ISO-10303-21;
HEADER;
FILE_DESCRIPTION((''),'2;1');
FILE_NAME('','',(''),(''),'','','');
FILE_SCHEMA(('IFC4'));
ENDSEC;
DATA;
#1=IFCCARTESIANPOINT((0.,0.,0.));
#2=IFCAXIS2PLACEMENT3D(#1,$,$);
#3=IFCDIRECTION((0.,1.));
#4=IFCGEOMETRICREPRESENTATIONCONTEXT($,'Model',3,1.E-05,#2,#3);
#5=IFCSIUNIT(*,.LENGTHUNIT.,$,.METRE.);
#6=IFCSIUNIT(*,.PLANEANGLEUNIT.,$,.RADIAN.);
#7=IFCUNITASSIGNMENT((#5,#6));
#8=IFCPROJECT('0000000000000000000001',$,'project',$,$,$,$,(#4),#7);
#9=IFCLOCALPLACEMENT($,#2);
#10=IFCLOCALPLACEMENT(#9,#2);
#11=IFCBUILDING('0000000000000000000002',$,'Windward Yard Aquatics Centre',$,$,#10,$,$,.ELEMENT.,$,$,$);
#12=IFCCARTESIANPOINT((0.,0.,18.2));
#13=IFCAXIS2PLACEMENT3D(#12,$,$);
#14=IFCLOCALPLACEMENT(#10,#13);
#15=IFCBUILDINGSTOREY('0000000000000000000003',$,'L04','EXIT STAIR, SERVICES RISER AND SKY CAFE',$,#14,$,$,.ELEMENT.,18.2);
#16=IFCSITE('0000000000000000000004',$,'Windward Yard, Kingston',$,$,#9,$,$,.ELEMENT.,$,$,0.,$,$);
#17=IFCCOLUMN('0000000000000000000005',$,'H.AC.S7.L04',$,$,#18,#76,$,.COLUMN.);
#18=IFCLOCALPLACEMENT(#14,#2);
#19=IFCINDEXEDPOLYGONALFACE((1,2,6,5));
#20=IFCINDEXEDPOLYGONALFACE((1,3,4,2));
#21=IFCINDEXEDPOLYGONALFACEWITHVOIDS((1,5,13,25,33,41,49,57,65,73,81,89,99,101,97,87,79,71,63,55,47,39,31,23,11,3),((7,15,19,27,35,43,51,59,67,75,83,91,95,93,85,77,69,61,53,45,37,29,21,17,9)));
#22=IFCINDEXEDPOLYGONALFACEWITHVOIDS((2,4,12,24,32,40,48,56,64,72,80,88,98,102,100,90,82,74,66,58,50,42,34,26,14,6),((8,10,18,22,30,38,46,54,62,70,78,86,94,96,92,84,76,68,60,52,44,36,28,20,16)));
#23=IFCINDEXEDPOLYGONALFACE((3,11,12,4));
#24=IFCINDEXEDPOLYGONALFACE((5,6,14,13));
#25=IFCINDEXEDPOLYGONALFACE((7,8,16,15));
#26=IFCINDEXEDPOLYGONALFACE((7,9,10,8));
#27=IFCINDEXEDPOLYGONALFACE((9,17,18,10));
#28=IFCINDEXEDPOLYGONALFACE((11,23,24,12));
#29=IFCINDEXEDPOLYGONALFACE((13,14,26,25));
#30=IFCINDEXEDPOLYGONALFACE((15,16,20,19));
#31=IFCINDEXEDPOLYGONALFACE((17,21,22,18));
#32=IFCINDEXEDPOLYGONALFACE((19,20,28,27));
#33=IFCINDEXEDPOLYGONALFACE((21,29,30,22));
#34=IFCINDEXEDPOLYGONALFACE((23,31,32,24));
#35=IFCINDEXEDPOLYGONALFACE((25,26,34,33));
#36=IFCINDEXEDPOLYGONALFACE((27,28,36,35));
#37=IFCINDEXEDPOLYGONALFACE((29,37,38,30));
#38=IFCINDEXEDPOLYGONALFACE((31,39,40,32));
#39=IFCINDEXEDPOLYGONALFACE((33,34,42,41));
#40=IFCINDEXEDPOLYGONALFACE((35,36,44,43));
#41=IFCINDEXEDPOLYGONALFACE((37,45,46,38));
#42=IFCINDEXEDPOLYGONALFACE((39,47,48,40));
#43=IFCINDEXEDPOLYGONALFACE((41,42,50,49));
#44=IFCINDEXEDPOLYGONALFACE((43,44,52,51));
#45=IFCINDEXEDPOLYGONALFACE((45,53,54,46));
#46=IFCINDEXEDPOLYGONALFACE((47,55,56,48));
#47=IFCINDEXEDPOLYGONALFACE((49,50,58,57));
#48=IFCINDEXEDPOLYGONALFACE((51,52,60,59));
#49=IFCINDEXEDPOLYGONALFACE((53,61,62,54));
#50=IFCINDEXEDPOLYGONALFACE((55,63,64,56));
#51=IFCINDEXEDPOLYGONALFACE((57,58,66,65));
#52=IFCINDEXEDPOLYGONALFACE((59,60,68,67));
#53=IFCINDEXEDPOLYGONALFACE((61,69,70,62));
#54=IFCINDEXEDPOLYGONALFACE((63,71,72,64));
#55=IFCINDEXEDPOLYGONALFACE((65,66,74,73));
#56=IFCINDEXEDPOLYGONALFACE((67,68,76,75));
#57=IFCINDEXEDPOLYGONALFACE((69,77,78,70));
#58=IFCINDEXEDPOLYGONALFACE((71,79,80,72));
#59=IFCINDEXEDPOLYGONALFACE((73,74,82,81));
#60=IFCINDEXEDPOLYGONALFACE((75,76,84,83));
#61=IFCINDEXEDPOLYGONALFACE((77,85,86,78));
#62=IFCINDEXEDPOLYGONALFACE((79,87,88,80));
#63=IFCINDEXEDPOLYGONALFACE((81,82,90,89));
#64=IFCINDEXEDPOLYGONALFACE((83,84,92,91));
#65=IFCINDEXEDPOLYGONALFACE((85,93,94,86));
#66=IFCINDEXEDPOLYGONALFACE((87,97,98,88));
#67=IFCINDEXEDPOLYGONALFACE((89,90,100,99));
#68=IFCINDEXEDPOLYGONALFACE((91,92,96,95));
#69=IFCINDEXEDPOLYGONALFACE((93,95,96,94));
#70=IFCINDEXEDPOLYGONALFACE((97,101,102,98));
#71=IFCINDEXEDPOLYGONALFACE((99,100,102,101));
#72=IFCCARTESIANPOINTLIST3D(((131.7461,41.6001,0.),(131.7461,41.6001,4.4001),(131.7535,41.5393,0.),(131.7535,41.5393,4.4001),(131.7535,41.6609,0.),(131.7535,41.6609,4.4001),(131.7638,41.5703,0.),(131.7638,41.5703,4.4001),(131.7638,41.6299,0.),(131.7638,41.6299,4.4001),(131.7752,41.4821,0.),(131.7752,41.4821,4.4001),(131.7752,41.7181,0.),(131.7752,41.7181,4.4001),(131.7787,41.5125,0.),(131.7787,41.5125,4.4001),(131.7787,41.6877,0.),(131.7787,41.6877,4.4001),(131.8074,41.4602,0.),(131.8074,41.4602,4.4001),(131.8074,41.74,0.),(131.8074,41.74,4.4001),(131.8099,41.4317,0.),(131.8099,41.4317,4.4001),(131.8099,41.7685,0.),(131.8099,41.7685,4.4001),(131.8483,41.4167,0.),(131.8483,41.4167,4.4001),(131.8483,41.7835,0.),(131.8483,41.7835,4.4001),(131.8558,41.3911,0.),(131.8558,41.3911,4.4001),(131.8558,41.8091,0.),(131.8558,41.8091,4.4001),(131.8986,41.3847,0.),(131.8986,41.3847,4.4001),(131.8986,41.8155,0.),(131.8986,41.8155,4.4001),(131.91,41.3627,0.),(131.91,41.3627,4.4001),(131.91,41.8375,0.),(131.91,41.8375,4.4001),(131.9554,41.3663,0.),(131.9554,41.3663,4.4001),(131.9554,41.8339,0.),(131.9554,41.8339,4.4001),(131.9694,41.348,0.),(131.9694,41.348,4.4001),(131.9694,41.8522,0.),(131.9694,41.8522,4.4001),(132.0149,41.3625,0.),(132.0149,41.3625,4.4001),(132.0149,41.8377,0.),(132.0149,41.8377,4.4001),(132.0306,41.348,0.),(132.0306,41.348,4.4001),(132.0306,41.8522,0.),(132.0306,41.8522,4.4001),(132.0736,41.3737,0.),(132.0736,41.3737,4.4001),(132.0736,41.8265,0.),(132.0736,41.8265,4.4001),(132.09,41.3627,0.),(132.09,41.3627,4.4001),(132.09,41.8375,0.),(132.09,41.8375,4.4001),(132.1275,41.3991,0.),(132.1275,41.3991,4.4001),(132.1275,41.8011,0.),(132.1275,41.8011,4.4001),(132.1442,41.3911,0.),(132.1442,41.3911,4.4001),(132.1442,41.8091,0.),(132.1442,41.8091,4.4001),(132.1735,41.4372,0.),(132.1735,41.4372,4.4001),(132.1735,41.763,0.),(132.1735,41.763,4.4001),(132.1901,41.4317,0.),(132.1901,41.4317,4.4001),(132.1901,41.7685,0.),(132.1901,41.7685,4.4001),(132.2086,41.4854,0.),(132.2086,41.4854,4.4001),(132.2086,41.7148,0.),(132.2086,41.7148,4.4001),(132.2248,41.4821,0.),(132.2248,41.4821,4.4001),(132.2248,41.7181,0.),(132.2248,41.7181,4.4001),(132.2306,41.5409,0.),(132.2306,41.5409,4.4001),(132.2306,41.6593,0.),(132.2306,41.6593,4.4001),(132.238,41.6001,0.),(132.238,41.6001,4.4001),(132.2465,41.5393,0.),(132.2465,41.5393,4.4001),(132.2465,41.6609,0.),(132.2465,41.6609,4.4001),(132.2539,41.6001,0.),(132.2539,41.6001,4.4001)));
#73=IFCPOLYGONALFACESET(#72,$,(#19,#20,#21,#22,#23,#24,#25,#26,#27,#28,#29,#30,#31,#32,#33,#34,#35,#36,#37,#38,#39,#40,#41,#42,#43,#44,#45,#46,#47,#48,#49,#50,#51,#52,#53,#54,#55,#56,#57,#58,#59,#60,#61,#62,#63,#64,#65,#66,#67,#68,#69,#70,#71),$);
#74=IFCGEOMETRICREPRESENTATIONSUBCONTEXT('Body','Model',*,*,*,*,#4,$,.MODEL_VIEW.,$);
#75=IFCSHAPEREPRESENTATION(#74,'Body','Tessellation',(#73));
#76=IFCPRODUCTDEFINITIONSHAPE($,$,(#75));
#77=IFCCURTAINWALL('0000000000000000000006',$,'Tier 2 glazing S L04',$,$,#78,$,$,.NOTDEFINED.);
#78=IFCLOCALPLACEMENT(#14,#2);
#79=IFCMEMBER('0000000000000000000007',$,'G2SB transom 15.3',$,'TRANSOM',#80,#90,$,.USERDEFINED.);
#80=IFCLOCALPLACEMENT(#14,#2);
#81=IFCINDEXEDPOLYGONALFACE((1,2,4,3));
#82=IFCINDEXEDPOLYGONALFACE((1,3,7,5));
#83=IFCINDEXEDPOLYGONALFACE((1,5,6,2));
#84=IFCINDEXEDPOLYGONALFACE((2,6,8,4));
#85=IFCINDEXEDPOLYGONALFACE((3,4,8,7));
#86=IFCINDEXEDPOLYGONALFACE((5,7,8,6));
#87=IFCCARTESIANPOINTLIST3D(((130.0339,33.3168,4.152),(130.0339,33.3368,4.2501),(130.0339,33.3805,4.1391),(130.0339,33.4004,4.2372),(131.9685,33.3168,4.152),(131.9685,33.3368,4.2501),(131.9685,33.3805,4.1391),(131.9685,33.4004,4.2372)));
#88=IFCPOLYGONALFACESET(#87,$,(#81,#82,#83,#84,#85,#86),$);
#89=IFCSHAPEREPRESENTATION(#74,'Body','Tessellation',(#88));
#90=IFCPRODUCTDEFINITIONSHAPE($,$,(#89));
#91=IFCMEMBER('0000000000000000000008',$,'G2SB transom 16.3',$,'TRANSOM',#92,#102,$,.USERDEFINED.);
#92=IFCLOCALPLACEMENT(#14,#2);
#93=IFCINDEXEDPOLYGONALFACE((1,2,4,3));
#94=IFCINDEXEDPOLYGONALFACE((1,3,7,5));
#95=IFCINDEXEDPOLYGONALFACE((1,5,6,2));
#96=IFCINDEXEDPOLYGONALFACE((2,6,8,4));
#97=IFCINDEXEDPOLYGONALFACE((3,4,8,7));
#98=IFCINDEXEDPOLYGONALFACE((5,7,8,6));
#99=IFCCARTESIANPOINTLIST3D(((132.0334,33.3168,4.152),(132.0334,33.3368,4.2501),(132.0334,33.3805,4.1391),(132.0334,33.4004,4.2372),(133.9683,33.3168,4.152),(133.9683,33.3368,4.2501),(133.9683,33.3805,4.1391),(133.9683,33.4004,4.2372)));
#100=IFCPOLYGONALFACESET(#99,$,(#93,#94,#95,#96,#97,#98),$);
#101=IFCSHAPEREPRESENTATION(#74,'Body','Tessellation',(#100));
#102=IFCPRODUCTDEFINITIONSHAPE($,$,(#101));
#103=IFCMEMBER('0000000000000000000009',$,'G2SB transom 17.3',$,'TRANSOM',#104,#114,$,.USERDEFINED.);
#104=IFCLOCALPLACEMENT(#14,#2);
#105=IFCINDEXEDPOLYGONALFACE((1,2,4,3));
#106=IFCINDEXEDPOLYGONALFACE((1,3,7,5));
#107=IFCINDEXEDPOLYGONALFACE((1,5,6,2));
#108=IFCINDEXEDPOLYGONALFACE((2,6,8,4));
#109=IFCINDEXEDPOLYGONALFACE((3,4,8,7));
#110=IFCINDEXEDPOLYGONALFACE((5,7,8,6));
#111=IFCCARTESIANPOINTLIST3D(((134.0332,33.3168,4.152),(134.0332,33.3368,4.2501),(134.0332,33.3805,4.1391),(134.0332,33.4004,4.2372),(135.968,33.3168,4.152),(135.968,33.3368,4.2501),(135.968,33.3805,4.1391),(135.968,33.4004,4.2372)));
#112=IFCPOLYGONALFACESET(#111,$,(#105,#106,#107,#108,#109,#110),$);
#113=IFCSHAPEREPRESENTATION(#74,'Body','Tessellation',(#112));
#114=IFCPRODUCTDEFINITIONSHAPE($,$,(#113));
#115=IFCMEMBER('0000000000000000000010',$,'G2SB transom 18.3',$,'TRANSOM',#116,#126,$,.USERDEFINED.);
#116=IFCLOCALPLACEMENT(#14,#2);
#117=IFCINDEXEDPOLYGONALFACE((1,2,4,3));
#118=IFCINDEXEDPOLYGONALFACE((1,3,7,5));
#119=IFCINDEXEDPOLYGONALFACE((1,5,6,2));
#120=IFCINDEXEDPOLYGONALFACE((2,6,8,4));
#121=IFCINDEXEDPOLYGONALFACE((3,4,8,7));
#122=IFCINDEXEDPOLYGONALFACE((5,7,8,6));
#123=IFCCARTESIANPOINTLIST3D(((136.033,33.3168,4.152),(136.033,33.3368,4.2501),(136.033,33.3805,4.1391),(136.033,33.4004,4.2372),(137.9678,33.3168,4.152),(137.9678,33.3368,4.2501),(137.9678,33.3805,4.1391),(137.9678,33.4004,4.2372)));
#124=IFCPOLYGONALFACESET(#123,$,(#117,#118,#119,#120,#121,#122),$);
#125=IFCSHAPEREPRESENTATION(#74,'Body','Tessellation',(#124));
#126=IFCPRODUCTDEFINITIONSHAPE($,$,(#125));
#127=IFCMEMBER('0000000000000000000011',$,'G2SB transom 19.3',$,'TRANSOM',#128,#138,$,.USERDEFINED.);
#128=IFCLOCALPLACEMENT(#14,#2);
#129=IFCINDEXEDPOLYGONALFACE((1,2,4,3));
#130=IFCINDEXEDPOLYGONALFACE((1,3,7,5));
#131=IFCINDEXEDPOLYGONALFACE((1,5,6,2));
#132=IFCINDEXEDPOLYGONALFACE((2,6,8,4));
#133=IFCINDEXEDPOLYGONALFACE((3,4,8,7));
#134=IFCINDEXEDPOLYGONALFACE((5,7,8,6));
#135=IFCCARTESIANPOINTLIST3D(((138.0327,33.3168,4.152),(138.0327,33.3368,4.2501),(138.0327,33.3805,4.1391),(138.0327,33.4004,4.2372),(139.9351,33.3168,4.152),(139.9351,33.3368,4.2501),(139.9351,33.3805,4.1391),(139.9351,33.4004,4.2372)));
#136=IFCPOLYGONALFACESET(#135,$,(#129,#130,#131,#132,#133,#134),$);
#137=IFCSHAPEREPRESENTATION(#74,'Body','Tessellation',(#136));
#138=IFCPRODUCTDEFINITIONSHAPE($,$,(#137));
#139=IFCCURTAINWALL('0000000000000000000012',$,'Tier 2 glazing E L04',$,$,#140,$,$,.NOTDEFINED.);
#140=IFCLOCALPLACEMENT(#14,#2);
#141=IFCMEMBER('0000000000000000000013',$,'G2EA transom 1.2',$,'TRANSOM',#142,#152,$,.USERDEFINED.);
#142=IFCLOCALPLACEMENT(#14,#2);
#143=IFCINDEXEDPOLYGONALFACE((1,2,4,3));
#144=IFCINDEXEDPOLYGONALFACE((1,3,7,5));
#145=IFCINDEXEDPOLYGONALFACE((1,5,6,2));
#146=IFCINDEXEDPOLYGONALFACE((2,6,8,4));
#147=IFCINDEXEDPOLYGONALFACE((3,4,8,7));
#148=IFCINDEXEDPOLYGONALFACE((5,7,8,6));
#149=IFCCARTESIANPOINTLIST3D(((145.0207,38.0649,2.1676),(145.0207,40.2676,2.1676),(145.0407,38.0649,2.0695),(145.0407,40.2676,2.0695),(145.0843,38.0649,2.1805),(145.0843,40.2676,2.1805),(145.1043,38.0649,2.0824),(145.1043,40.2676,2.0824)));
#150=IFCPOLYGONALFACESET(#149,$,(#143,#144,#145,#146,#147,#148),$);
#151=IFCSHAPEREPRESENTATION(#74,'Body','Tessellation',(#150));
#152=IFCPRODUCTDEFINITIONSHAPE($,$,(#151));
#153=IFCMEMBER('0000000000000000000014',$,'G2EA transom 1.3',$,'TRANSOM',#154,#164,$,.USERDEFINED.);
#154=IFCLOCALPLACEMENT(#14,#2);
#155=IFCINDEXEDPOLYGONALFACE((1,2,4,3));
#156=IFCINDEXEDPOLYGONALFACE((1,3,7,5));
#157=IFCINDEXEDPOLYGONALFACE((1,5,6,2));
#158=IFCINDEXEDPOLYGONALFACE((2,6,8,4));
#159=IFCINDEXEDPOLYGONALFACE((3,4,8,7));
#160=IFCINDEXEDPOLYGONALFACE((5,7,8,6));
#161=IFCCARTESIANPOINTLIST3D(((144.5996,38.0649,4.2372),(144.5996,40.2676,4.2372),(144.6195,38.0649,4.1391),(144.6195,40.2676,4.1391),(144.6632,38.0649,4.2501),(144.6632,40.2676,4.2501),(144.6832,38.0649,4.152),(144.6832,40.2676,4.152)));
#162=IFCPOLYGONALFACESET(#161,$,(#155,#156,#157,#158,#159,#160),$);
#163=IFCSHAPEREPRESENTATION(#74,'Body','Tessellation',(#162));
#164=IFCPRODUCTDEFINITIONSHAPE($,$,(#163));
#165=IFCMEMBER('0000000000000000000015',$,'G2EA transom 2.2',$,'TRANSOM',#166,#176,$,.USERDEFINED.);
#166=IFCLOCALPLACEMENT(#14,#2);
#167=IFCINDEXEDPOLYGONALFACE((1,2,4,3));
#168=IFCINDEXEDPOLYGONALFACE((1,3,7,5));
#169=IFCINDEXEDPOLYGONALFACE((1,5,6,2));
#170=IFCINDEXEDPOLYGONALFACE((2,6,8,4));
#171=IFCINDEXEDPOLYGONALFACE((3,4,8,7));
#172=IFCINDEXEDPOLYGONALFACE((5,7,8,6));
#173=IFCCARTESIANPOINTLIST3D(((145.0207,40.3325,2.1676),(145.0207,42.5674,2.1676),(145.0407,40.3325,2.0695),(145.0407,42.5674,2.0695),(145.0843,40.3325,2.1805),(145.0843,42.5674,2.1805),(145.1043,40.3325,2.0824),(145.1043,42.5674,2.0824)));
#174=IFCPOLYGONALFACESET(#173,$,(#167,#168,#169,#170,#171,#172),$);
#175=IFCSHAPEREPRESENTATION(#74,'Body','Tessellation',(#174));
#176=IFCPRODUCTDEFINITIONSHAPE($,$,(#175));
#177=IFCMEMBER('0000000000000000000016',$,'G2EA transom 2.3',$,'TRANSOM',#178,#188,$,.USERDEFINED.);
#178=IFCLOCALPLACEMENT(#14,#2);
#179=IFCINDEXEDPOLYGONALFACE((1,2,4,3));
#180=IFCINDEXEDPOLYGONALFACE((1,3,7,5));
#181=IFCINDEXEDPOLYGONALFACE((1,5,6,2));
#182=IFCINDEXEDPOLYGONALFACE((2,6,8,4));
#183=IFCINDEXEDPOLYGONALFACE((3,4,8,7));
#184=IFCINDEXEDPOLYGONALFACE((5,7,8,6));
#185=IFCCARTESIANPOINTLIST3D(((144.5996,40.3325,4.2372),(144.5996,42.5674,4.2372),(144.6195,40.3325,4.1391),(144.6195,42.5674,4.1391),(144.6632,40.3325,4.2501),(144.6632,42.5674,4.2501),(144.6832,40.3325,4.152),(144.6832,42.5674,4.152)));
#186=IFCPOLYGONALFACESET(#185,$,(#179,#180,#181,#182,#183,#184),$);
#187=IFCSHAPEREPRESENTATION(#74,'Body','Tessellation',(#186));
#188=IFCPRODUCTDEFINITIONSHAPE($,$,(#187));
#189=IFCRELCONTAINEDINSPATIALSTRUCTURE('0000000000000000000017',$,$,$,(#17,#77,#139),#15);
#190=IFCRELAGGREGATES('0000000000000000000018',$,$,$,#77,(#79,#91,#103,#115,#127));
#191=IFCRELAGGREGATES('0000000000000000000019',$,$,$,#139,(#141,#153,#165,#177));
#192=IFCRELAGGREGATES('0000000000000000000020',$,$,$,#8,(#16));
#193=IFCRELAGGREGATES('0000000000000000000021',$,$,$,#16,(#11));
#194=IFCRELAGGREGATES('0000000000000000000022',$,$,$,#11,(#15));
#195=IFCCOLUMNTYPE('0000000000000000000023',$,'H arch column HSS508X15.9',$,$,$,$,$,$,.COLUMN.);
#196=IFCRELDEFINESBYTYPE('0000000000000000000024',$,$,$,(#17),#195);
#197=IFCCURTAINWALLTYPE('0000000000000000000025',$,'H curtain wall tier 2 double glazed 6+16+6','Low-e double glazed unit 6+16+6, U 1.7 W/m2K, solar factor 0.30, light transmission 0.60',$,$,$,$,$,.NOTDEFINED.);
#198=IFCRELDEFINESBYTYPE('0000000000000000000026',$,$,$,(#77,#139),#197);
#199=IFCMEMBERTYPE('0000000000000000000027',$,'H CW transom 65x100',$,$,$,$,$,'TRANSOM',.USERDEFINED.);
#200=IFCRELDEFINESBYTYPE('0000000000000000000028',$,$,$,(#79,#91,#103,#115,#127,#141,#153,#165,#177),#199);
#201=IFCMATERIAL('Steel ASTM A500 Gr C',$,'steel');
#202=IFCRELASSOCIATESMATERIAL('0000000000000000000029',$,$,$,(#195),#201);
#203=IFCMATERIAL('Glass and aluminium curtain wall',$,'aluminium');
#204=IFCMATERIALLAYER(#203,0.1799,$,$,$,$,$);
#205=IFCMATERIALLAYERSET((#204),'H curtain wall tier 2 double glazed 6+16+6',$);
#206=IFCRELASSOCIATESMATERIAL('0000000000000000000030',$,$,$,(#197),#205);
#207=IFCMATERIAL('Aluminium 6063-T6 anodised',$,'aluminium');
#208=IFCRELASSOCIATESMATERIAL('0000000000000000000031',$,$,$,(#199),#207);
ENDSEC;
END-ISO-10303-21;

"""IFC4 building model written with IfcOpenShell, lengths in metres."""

from ifc_helpers import new_model, si_unit, direction, frame, origin, origin_2d, place, context, subcontext, project, spatial, rectangle, hollow_circle, extrude, material, layer, layer_set, material_profile, profile_set, type_object, element, aggregate, save


model = new_model("IFC4")

# Units and contexts
model_context = context("Model", 3, precision=1e-05, world=origin(), true_north=direction((0.0, 1.0)))
body_context = subcontext(model_context, "Body", "Model", "MODEL_VIEW")
ifc_project = project(units=[si_unit("LENGTHUNIT", "METRE"), si_unit("PLANEANGLEUNIT", "RADIAN")], contexts=[model_context])

# Site, building, storey
site_placement = place(None, origin())
site = spatial("IfcSite", under=ifc_project, at=site_placement, Name="Windward Yard, Kingston", CompositionType="ELEMENT", RefElevation=0.0)
building_placement = place(site_placement, origin())
building = spatial("IfcBuilding", under=site, at=building_placement, Name="Windward Yard Aquatics Centre", CompositionType="ELEMENT")
storey_placement = place(building_placement, frame((0.0, 0.0, 18.2)))
storey = spatial("IfcBuildingStorey", under=building, at=storey_placement, Name="L04", Description="EXIT STAIR, SERVICES RISER AND SKY CAFE", CompositionType="ELEMENT", Elevation=18.2)

# Column
ifc_material_1 = material(Name="Steel ASTM A500 Gr C", Category="steel")
ifc_material_profile_1 = material_profile(ifc_material_1, hollow_circle(Radius=0.2539, WallThickness=0.0159, at=origin_2d()), Name="HSS508X15.9")
ifc_profile_set_1 = profile_set([ifc_material_profile_1], Name="Steel ASTM A500 Gr C")
column_type = type_object("IfcColumnType", Name="H arch column HSS508X15.9", PredefinedType="COLUMN", material=ifc_profile_set_1)
column_placement = place(storey_placement, frame((132.0, 41.6001, 0.0), z_axis=(0.0, 0.0, 1.0), x_axis=(1.0, 0.0, 0.0)))
element("IfcColumn", 1, at=column_placement, inside=storey, type_object=column_type, Name="H.AC.S7.L04", PredefinedType="COLUMN", context=body_context, shape_type="SweptSolid", body=[
    extrude(hollow_circle(Radius=0.2539, WallThickness=0.0159, at=origin_2d()), origin(), (0.0, 0.0, 1.0), 4.4001),
])

# Curtain walls, members
ifc_material_2 = material(Name="Glass and aluminium curtain wall", Category="aluminium")
ifc_layer_1 = layer(ifc_material_2, 0.1799)
ifc_layer_set_1 = layer_set([ifc_layer_1], Name="H curtain wall tier 2 double glazed 6+16+6")
curtain_wall_type = type_object("IfcCurtainWallType", Name="H curtain wall tier 2 double glazed 6+16+6", Description="Low-e double glazed unit 6+16+6, U 1.7 W/m2K, solar factor 0.30, light transmission 0.60", PredefinedType="NOTDEFINED", material=ifc_layer_set_1)
curtain_wall_1_placement = place(storey_placement, origin())
curtain_wall_1 = element("IfcCurtainWall", 2, at=curtain_wall_1_placement, inside=storey, type_object=curtain_wall_type, Name="Tier 2 glazing S L04", PredefinedType="NOTDEFINED")
ifc_material_3 = material(Name="Aluminium 6063-T6 anodised", Category="aluminium")
ifc_material_profile_2 = material_profile(ifc_material_3, rectangle(XDim=0.0649, YDim=0.1001, at=origin_2d()), Name="H CW transom 65x100")
ifc_profile_set_2 = profile_set([ifc_material_profile_2], Name="Aluminium 6063-T6 anodised")
member_type_1 = type_object("IfcMemberType", Name="H CW transom 65x100", ElementType="TRANSOM", PredefinedType="USERDEFINED", material=ifc_profile_set_2)
member_1_placement = place(storey_placement, frame((130.0339, 33.3586, 4.1946), z_axis=(1.0, 0.0, 0.0), x_axis=(0.0, -0.979925, 0.199368)))
member_1 = element("IfcMember", 3, at=member_1_placement, type_object=member_type_1, Name="G2SB transom 15.3", ObjectType="TRANSOM", PredefinedType="USERDEFINED", context=body_context, shape_type="SweptSolid", body=[
    extrude(rectangle(XDim=0.0649, YDim=0.1001, at=origin_2d()), origin(), (0.0, 0.0, 1.0), 1.9346),
])
member_2_placement = place(storey_placement, frame((132.0334, 33.3586, 4.1946), z_axis=(1.0, 0.0, 0.0), x_axis=(0.0, -0.979925, 0.199368)))
member_2 = element("IfcMember", 4, at=member_2_placement, type_object=member_type_1, Name="G2SB transom 16.3", ObjectType="TRANSOM", PredefinedType="USERDEFINED", context=body_context, shape_type="SweptSolid", body=[
    extrude(rectangle(XDim=0.0649, YDim=0.1001, at=origin_2d()), origin(), (0.0, 0.0, 1.0), 1.9348),
])
member_3_placement = place(storey_placement, frame((134.0332, 33.3586, 4.1946), z_axis=(1.0, 0.0, 0.0), x_axis=(0.0, -0.979925, 0.199368)))
member_3 = element("IfcMember", 5, at=member_3_placement, type_object=member_type_1, Name="G2SB transom 17.3", ObjectType="TRANSOM", PredefinedType="USERDEFINED", context=body_context, shape_type="SweptSolid", body=[
    extrude(rectangle(XDim=0.0649, YDim=0.1001, at=origin_2d()), origin(), (0.0, 0.0, 1.0), 1.9348),
])
member_4_placement = place(storey_placement, frame((136.033, 33.3586, 4.1946), z_axis=(1.0, 0.0, 0.0), x_axis=(0.0, -0.979925, 0.199368)))
member_4 = element("IfcMember", 6, at=member_4_placement, type_object=member_type_1, Name="G2SB transom 18.3", ObjectType="TRANSOM", PredefinedType="USERDEFINED", context=body_context, shape_type="SweptSolid", body=[
    extrude(rectangle(XDim=0.0649, YDim=0.1001, at=origin_2d()), origin(), (0.0, 0.0, 1.0), 1.9348),
])
member_5_placement = place(storey_placement, frame((138.0327, 33.3586, 4.1946), z_axis=(1.0, 0.0, 0.0), x_axis=(0.0, -0.979925, 0.199368)))
member_5 = element("IfcMember", 7, at=member_5_placement, type_object=member_type_1, Name="G2SB transom 19.3", ObjectType="TRANSOM", PredefinedType="USERDEFINED", context=body_context, shape_type="SweptSolid", body=[
    extrude(rectangle(XDim=0.0649, YDim=0.1001, at=origin_2d()), origin(), (0.0, 0.0, 1.0), 1.9023),
])
aggregate(curtain_wall_1, [member_1, member_2, member_3, member_4, member_5])
curtain_wall_2_placement = place(storey_placement, origin())
curtain_wall_2 = element("IfcCurtainWall", 8, at=curtain_wall_2_placement, inside=storey, type_object=curtain_wall_type, Name="Tier 2 glazing E L04", PredefinedType="NOTDEFINED")
member_6_placement = place(storey_placement, frame((145.0625, 38.0649, 2.125), z_axis=(0.0, 1.0, 0.0), x_axis=(0.979925, 0.0, 0.199368)))
member_6 = element("IfcMember", 9, at=member_6_placement, type_object=member_type_1, Name="G2EA transom 1.2", ObjectType="TRANSOM", PredefinedType="USERDEFINED", context=body_context, shape_type="SweptSolid", body=[
    extrude(rectangle(XDim=0.0649, YDim=0.1001, at=origin_2d()), origin(), (0.0, 0.0, 1.0), 2.2026),
])
member_7_placement = place(storey_placement, frame((144.6414, 38.0649, 4.1946), z_axis=(0.0, 1.0, 0.0), x_axis=(0.979925, 0.0, 0.199368)))
member_7 = element("IfcMember", 10, at=member_7_placement, type_object=member_type_1, Name="G2EA transom 1.3", ObjectType="TRANSOM", PredefinedType="USERDEFINED", context=body_context, shape_type="SweptSolid", body=[
    extrude(rectangle(XDim=0.0649, YDim=0.1001, at=origin_2d()), origin(), (0.0, 0.0, 1.0), 2.2026),
])
member_8_placement = place(storey_placement, frame((145.0625, 40.3325, 2.125), z_axis=(0.0, 1.0, 0.0), x_axis=(0.979925, 0.0, 0.199368)))
member_8 = element("IfcMember", 11, at=member_8_placement, type_object=member_type_1, Name="G2EA transom 2.2", ObjectType="TRANSOM", PredefinedType="USERDEFINED", context=body_context, shape_type="SweptSolid", body=[
    extrude(rectangle(XDim=0.0649, YDim=0.1001, at=origin_2d()), origin(), (0.0, 0.0, 1.0), 2.2349),
])
member_9_placement = place(storey_placement, frame((144.6414, 40.3325, 4.1946), z_axis=(0.0, 1.0, 0.0), x_axis=(0.979925, 0.0, 0.199368)))
member_9 = element("IfcMember", 12, at=member_9_placement, type_object=member_type_1, Name="G2EA transom 2.3", ObjectType="TRANSOM", PredefinedType="USERDEFINED", context=body_context, shape_type="SweptSolid", body=[
    extrude(rectangle(XDim=0.0649, YDim=0.1001, at=origin_2d()), origin(), (0.0, 0.0, 1.0), 2.2349),
])

aggregate(curtain_wall_2, [member_6, member_7, member_8, member_9])

save(model, "model.ifc")
